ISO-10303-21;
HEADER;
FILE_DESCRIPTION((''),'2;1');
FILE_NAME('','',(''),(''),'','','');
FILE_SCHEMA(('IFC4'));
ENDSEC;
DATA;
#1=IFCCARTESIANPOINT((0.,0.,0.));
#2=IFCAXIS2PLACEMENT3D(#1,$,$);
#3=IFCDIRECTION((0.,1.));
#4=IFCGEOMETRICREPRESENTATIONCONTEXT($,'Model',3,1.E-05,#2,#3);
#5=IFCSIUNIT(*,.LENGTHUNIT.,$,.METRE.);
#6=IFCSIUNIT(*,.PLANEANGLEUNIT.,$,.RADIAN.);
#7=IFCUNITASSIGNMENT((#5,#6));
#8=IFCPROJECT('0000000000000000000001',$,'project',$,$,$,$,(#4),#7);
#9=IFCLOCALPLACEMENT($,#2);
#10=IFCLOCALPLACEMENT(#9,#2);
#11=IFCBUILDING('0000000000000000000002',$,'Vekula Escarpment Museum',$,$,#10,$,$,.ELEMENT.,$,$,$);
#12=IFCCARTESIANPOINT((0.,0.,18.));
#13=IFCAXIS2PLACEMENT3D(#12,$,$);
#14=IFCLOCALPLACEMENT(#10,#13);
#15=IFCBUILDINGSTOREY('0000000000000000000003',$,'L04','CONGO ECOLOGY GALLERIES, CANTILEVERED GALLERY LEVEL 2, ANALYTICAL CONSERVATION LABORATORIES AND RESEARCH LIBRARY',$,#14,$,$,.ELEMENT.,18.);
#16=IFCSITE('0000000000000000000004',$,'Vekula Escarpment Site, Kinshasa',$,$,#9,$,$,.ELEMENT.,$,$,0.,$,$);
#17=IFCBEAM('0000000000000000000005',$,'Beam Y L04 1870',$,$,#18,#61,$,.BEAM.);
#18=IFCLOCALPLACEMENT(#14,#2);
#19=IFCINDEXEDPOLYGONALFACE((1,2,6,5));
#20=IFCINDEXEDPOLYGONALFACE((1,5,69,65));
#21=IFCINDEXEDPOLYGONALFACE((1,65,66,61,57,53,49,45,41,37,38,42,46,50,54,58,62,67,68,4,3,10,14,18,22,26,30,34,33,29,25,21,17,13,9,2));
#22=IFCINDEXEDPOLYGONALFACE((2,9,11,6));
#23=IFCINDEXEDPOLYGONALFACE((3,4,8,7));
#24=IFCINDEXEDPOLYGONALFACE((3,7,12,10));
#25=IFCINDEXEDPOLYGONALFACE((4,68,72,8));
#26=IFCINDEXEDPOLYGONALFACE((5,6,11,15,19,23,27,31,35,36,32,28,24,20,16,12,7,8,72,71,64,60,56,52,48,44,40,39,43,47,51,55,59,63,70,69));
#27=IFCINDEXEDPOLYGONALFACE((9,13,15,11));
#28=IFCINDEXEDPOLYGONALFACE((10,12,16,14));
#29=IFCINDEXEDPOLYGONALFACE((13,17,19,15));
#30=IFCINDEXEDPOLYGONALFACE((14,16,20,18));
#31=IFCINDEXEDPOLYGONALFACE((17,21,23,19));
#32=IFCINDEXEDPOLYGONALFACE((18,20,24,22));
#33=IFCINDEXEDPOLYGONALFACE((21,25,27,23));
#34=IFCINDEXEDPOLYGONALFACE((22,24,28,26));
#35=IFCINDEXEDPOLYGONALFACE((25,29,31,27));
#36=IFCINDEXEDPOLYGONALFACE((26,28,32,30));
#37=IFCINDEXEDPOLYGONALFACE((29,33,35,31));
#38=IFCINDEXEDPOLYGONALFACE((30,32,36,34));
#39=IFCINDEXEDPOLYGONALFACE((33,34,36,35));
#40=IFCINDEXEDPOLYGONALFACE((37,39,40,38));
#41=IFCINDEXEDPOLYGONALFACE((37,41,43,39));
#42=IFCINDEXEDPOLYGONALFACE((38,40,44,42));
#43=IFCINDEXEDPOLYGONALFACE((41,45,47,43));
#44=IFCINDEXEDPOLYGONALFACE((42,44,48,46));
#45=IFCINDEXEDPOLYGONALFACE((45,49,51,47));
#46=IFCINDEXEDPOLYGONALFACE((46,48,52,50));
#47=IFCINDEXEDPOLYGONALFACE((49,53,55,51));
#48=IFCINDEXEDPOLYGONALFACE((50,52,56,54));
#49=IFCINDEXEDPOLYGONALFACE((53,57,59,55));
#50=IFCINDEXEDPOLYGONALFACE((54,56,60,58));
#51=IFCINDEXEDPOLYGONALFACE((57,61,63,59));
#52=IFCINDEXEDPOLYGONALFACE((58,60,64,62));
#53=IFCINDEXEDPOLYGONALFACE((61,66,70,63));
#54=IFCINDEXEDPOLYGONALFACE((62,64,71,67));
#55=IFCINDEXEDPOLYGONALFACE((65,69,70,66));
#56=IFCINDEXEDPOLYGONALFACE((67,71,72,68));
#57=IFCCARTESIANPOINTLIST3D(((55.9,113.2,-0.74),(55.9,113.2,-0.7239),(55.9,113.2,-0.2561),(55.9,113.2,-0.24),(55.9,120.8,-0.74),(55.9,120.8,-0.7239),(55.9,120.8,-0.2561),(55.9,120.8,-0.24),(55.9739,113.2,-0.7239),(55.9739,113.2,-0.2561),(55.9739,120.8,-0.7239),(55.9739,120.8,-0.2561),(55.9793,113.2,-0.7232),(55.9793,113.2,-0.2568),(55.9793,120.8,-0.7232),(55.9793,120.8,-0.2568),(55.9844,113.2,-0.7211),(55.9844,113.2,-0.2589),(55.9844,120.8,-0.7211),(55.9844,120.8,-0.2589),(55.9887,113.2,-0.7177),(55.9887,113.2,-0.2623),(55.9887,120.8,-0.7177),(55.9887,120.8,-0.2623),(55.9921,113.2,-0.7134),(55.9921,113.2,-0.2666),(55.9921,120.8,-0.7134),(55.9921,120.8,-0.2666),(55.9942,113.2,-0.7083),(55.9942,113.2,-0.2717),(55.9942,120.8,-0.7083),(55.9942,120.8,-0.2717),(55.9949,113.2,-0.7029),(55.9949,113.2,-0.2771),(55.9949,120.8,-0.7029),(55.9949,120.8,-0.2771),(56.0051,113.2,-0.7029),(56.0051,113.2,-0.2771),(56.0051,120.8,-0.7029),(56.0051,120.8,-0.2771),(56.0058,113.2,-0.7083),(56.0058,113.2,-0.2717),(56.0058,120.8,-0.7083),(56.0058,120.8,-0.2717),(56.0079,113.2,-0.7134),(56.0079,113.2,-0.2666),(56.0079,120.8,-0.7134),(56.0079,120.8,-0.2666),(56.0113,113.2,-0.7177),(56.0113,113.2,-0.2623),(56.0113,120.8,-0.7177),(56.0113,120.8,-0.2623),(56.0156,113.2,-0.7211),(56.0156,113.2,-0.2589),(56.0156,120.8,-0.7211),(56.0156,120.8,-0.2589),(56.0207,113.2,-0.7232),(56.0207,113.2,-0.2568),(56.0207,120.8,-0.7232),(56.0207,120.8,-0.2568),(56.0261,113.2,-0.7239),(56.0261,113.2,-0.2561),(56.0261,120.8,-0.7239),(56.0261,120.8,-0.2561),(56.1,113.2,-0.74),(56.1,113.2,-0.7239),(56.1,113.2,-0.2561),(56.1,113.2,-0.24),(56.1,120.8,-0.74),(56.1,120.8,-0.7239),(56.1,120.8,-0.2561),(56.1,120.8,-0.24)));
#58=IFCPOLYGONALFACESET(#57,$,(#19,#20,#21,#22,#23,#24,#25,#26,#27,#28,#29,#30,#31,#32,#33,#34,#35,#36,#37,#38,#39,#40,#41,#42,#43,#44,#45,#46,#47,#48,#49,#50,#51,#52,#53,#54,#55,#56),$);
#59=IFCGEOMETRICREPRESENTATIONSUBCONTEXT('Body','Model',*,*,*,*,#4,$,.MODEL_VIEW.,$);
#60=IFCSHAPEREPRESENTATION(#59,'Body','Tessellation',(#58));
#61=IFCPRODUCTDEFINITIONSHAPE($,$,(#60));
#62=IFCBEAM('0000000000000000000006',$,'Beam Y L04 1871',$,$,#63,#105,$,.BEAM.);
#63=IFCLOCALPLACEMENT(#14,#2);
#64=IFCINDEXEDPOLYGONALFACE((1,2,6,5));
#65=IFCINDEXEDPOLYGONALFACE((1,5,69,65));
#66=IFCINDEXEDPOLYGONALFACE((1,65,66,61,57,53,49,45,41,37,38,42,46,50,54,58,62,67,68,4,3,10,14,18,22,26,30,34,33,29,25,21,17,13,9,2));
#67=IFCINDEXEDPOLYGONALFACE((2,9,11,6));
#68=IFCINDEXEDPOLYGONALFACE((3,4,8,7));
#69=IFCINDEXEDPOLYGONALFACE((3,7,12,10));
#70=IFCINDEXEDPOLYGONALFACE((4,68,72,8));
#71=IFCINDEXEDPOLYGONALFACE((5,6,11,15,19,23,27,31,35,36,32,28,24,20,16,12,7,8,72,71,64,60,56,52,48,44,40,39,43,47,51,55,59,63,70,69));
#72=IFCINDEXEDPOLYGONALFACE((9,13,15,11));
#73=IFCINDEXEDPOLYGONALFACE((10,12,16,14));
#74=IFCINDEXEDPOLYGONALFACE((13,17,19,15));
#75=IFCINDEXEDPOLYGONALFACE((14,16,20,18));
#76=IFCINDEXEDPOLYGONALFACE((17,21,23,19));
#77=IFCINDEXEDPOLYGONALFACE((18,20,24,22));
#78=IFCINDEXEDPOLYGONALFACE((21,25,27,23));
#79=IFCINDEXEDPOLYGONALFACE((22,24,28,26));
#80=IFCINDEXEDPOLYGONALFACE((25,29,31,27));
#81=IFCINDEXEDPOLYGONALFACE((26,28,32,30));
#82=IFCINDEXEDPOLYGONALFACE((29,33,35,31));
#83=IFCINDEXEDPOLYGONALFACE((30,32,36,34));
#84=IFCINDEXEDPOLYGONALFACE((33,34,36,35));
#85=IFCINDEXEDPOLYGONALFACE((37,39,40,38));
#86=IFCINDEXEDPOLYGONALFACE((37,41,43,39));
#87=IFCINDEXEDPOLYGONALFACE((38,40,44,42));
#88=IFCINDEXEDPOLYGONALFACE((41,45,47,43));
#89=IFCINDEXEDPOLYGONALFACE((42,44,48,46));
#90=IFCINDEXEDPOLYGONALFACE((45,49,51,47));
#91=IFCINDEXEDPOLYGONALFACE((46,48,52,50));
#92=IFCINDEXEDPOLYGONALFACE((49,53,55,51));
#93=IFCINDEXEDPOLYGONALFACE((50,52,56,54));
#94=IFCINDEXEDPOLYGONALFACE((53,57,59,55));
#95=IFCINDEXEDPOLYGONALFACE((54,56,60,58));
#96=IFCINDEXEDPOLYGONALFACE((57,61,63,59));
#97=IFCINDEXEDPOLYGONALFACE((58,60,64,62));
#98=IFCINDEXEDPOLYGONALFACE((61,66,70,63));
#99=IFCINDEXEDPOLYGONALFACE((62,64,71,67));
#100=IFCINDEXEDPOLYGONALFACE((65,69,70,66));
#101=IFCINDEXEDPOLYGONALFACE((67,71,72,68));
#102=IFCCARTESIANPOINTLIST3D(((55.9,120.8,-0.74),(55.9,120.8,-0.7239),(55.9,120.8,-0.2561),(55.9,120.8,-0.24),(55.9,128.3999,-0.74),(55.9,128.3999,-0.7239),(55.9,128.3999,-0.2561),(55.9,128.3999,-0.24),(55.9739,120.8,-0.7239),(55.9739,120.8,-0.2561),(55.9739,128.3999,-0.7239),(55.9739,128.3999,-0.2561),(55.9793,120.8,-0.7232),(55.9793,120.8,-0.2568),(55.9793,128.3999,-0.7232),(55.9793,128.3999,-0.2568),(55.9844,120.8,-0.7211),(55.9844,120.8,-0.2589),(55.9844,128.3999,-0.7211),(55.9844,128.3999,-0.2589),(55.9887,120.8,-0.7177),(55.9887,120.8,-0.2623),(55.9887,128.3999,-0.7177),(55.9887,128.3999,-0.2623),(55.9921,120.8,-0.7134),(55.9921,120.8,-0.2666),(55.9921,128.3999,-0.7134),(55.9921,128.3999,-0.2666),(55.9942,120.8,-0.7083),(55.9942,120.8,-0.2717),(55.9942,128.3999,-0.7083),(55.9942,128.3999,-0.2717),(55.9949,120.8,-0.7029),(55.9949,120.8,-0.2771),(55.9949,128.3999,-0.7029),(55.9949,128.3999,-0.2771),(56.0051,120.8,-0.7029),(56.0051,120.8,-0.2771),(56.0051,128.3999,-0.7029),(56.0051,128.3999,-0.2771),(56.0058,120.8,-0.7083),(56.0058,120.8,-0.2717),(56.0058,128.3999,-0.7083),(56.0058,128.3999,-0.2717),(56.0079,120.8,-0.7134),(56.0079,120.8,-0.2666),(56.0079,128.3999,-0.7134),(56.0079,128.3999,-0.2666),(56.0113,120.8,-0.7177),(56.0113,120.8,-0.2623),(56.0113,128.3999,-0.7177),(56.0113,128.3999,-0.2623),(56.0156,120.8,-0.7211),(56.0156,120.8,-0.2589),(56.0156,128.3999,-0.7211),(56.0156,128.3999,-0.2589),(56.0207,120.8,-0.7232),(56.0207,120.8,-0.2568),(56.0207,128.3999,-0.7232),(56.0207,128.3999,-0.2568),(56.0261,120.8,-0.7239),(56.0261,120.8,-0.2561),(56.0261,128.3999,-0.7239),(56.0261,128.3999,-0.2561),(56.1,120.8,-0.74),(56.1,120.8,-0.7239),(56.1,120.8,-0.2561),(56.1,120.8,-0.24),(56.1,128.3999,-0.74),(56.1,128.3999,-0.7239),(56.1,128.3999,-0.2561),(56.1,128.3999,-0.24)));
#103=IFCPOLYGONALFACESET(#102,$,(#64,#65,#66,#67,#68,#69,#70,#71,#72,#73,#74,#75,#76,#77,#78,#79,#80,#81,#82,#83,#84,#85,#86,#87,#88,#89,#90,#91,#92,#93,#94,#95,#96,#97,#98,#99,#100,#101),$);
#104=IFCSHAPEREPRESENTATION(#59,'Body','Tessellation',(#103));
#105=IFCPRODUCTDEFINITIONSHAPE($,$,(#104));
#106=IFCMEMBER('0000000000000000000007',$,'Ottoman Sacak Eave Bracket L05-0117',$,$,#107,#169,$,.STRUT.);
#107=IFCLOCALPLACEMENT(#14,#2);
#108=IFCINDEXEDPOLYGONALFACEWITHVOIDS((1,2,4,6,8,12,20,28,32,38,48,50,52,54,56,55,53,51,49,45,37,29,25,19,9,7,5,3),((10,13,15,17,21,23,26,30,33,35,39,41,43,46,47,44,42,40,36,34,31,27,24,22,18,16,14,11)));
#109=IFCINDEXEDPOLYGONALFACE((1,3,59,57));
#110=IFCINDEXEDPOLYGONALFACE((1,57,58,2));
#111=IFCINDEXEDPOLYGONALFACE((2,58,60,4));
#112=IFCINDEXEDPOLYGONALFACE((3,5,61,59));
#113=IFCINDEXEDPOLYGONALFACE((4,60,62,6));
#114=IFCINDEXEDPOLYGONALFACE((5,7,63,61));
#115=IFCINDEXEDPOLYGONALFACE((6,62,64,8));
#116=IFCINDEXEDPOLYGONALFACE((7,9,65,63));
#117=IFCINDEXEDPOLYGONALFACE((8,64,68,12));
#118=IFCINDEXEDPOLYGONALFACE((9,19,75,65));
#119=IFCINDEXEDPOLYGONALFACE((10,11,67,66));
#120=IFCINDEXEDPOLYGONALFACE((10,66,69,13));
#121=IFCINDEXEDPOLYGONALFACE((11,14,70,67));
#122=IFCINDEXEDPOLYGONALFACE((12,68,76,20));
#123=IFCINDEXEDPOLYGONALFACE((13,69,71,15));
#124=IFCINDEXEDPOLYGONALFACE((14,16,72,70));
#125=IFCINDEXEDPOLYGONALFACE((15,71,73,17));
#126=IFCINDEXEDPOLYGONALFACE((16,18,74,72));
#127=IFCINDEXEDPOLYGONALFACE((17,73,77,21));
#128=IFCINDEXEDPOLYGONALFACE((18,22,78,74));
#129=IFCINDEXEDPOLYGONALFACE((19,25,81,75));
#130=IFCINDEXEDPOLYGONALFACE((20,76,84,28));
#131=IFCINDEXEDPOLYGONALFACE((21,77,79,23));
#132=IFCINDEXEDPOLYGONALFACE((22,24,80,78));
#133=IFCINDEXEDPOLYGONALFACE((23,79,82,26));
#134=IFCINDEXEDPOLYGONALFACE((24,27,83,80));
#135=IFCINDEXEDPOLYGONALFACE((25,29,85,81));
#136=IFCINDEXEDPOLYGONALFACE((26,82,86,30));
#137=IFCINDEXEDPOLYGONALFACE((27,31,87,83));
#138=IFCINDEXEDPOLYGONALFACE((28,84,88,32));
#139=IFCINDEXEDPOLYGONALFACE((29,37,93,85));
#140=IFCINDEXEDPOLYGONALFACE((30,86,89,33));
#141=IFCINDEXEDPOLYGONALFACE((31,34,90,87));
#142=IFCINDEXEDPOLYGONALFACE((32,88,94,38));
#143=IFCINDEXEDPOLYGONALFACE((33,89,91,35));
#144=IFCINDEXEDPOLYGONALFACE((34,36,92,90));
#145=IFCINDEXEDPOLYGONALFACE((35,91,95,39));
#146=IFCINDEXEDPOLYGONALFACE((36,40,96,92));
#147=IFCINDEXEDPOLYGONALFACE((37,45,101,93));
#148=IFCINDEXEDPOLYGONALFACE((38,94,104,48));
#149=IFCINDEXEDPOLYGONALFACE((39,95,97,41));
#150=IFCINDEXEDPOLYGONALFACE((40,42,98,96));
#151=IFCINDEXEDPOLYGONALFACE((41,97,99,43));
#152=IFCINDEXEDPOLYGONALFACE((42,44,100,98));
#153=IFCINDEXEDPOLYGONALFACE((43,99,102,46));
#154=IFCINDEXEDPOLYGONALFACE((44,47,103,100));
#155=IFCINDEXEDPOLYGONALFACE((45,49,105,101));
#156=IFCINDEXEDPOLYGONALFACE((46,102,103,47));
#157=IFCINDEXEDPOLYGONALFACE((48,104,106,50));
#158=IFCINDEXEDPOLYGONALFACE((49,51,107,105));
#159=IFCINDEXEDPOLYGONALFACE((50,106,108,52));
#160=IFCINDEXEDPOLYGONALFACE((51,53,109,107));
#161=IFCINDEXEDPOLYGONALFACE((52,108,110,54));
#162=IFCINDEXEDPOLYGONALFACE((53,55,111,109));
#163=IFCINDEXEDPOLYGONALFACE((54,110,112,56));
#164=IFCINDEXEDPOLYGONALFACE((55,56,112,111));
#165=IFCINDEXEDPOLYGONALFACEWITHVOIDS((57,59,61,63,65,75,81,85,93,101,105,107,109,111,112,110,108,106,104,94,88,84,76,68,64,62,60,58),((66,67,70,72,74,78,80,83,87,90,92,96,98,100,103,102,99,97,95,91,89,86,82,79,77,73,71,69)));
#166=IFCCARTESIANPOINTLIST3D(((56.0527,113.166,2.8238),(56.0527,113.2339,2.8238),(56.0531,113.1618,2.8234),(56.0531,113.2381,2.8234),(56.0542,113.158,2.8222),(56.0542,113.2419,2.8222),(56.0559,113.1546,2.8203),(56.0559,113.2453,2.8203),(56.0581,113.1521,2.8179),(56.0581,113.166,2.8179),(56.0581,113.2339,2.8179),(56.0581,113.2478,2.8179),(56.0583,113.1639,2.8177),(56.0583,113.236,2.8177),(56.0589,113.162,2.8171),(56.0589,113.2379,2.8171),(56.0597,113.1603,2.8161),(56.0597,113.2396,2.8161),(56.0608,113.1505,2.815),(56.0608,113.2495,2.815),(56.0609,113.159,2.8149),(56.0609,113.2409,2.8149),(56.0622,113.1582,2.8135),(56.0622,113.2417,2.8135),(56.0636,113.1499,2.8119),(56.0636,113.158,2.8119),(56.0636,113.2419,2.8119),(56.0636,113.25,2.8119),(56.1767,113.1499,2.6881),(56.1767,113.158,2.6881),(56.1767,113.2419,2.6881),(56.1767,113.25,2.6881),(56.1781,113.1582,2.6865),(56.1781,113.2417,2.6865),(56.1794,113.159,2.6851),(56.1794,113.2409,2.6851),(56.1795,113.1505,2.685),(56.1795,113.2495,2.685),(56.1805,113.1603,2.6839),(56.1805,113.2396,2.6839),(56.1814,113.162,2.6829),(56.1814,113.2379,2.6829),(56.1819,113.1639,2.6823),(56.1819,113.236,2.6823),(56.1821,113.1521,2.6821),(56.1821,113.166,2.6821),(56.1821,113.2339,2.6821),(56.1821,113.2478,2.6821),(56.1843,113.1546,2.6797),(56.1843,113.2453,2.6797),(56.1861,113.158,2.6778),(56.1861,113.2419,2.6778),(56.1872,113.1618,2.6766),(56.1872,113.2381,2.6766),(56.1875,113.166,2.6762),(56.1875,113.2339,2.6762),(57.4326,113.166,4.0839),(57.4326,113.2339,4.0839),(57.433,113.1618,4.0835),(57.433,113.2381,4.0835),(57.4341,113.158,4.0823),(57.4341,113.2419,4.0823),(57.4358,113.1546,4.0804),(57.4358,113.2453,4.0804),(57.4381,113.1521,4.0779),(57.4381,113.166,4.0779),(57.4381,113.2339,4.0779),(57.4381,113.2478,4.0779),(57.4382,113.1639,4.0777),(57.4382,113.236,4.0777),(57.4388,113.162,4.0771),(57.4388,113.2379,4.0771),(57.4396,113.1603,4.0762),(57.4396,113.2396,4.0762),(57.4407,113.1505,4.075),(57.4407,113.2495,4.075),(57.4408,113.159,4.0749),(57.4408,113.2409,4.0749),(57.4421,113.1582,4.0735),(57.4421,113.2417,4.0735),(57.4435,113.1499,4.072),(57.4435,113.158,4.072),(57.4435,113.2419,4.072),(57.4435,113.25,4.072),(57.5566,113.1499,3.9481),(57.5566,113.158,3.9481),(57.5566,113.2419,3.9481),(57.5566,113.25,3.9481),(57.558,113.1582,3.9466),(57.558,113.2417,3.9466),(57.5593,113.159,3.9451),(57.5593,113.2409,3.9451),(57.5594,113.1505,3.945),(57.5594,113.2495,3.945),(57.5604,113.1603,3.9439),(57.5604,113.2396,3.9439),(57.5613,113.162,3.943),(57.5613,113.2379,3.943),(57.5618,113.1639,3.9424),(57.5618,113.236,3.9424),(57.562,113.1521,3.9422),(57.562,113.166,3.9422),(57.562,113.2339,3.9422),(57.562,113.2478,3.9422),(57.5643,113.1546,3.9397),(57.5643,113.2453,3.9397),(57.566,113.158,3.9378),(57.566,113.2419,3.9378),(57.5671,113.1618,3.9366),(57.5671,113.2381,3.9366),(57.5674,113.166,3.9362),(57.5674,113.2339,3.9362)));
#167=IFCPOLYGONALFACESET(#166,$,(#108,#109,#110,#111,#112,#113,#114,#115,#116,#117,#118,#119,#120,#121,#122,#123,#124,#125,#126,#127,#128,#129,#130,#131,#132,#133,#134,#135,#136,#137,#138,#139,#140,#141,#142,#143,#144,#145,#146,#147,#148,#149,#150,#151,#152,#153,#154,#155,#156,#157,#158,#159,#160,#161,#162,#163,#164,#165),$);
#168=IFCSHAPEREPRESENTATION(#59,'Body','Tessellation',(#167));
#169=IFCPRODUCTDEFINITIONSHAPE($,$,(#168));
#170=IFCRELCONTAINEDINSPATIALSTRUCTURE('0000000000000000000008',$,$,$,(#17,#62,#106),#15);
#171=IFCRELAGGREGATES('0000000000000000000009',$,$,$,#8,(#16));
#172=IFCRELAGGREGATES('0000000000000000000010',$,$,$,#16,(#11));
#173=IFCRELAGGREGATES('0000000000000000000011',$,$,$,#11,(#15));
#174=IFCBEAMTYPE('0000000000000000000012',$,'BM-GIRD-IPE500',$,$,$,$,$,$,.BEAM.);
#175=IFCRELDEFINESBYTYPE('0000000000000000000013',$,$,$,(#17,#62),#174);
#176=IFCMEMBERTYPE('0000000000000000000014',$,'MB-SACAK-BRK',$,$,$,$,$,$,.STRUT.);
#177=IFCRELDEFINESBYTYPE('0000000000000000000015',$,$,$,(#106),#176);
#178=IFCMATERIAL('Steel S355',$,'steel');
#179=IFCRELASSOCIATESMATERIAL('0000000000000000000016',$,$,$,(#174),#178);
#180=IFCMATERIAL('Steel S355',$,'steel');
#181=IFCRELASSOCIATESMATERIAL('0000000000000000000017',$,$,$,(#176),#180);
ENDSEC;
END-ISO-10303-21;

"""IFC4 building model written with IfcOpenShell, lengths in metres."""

from ifc_helpers import new_model, si_unit, direction, frame, origin, origin_2d, place, context, subcontext, project, spatial, hollow_rectangle, i_section, extrude, material, material_profile, profile_set, type_object, element, save


model = new_model("IFC4")

# Units and contexts
model_context = context("Model", 3, precision=1e-05, world=origin(), true_north=direction((0.0, 1.0)))
body_context = subcontext(model_context, "Body", "Model", "MODEL_VIEW")
ifc_project = project(units=[si_unit("LENGTHUNIT", "METRE"), si_unit("PLANEANGLEUNIT", "RADIAN")], contexts=[model_context])

# Site, building, storey
site_placement = place(None, origin())
site = spatial("IfcSite", under=ifc_project, at=site_placement, Name="Vekula Escarpment Site, Kinshasa", CompositionType="ELEMENT", RefElevation=0.0)
building_placement = place(site_placement, origin())
building = spatial("IfcBuilding", under=site, at=building_placement, Name="Vekula Escarpment Museum", CompositionType="ELEMENT")
storey_placement = place(building_placement, frame((0.0, 0.0, 18.0)))
storey = spatial("IfcBuildingStorey", under=building, at=storey_placement, Name="L04", Description="CONGO ECOLOGY GALLERIES, CANTILEVERED GALLERY LEVEL 2, ANALYTICAL CONSERVATION LABORATORIES AND RESEARCH LIBRARY", CompositionType="ELEMENT", Elevation=18.0)

# Beams
ifc_material_1 = material(Name="Steel S355", Category="steel")
ifc_material_profile_1 = material_profile(ifc_material_1, i_section(OverallWidth=0.2, OverallDepth=0.5, WebThickness=0.0103, FlangeThickness=0.0161, FilletRadius=0.021, at=origin_2d()), Name="IPE 500")
ifc_profile_set_1 = profile_set([ifc_material_profile_1], Name="Steel S355")
beam_type = type_object("IfcBeamType", Name="BM-GIRD-IPE500", PredefinedType="BEAM", material=ifc_profile_set_1)
beam_1_placement = place(storey_placement, frame((56.0, 113.2, -0.49), z_axis=(0.0, 1.0, 0.0), x_axis=(-1.0, 0.0, 0.0)))
element("IfcBeam", 1, at=beam_1_placement, inside=storey, type_object=beam_type, Name="Beam Y L04 1870", PredefinedType="BEAM", context=body_context, shape_type="SweptSolid", body=[
    extrude(i_section(OverallWidth=0.2, OverallDepth=0.5, WebThickness=0.0103, FlangeThickness=0.0161, FilletRadius=0.021, at=origin_2d()), origin(), (0.0, 0.0, 1.0), 7.6001),
])
beam_2_placement = place(storey_placement, frame((56.0, 120.8, -0.49), z_axis=(0.0, 1.0, 0.0), x_axis=(-1.0, 0.0, 0.0)))
element("IfcBeam", 2, at=beam_2_placement, inside=storey, type_object=beam_type, Name="Beam Y L04 1871", PredefinedType="BEAM", context=body_context, shape_type="SweptSolid", body=[
    extrude(i_section(OverallWidth=0.2, OverallDepth=0.5, WebThickness=0.0103, FlangeThickness=0.0161, FilletRadius=0.021, at=origin_2d()), origin(), (0.0, 0.0, 1.0), 7.5999),
])

# Member
ifc_material_2 = material(Name="Steel S355", Category="steel")
ifc_material_profile_2 = material_profile(ifc_material_2, hollow_rectangle(XDim=0.1001, YDim=0.2, WallThickness=0.0081, InnerFilletRadius=0.0081, OuterFilletRadius=0.0161, at=origin_2d()), Name="RHS 200x100x8")
ifc_profile_set_2 = profile_set([ifc_material_profile_2], Name="Steel S355")
member_type = type_object("IfcMemberType", Name="MB-SACAK-BRK", PredefinedType="STRUT", material=ifc_profile_set_2)
member_1_placement = place(storey_placement, frame((56.1201, 113.2, 2.75), z_axis=(0.738454, 0.0, 0.674303), x_axis=(0.0, 1.0, 0.0)))
element("IfcMember", 3, at=member_1_placement, inside=storey, type_object=member_type, Name="Ottoman Sacak Eave Bracket L05-0117", PredefinedType="STRUT", context=body_context, shape_type="SweptSolid", body=[
    extrude(hollow_rectangle(XDim=0.1001, YDim=0.2, WallThickness=0.0081, InnerFilletRadius=0.0081, OuterFilletRadius=0.0161, at=origin_2d()), origin(), (0.0, 0.0, 1.0), 1.8687),
])

save(model, "model.ifc")
